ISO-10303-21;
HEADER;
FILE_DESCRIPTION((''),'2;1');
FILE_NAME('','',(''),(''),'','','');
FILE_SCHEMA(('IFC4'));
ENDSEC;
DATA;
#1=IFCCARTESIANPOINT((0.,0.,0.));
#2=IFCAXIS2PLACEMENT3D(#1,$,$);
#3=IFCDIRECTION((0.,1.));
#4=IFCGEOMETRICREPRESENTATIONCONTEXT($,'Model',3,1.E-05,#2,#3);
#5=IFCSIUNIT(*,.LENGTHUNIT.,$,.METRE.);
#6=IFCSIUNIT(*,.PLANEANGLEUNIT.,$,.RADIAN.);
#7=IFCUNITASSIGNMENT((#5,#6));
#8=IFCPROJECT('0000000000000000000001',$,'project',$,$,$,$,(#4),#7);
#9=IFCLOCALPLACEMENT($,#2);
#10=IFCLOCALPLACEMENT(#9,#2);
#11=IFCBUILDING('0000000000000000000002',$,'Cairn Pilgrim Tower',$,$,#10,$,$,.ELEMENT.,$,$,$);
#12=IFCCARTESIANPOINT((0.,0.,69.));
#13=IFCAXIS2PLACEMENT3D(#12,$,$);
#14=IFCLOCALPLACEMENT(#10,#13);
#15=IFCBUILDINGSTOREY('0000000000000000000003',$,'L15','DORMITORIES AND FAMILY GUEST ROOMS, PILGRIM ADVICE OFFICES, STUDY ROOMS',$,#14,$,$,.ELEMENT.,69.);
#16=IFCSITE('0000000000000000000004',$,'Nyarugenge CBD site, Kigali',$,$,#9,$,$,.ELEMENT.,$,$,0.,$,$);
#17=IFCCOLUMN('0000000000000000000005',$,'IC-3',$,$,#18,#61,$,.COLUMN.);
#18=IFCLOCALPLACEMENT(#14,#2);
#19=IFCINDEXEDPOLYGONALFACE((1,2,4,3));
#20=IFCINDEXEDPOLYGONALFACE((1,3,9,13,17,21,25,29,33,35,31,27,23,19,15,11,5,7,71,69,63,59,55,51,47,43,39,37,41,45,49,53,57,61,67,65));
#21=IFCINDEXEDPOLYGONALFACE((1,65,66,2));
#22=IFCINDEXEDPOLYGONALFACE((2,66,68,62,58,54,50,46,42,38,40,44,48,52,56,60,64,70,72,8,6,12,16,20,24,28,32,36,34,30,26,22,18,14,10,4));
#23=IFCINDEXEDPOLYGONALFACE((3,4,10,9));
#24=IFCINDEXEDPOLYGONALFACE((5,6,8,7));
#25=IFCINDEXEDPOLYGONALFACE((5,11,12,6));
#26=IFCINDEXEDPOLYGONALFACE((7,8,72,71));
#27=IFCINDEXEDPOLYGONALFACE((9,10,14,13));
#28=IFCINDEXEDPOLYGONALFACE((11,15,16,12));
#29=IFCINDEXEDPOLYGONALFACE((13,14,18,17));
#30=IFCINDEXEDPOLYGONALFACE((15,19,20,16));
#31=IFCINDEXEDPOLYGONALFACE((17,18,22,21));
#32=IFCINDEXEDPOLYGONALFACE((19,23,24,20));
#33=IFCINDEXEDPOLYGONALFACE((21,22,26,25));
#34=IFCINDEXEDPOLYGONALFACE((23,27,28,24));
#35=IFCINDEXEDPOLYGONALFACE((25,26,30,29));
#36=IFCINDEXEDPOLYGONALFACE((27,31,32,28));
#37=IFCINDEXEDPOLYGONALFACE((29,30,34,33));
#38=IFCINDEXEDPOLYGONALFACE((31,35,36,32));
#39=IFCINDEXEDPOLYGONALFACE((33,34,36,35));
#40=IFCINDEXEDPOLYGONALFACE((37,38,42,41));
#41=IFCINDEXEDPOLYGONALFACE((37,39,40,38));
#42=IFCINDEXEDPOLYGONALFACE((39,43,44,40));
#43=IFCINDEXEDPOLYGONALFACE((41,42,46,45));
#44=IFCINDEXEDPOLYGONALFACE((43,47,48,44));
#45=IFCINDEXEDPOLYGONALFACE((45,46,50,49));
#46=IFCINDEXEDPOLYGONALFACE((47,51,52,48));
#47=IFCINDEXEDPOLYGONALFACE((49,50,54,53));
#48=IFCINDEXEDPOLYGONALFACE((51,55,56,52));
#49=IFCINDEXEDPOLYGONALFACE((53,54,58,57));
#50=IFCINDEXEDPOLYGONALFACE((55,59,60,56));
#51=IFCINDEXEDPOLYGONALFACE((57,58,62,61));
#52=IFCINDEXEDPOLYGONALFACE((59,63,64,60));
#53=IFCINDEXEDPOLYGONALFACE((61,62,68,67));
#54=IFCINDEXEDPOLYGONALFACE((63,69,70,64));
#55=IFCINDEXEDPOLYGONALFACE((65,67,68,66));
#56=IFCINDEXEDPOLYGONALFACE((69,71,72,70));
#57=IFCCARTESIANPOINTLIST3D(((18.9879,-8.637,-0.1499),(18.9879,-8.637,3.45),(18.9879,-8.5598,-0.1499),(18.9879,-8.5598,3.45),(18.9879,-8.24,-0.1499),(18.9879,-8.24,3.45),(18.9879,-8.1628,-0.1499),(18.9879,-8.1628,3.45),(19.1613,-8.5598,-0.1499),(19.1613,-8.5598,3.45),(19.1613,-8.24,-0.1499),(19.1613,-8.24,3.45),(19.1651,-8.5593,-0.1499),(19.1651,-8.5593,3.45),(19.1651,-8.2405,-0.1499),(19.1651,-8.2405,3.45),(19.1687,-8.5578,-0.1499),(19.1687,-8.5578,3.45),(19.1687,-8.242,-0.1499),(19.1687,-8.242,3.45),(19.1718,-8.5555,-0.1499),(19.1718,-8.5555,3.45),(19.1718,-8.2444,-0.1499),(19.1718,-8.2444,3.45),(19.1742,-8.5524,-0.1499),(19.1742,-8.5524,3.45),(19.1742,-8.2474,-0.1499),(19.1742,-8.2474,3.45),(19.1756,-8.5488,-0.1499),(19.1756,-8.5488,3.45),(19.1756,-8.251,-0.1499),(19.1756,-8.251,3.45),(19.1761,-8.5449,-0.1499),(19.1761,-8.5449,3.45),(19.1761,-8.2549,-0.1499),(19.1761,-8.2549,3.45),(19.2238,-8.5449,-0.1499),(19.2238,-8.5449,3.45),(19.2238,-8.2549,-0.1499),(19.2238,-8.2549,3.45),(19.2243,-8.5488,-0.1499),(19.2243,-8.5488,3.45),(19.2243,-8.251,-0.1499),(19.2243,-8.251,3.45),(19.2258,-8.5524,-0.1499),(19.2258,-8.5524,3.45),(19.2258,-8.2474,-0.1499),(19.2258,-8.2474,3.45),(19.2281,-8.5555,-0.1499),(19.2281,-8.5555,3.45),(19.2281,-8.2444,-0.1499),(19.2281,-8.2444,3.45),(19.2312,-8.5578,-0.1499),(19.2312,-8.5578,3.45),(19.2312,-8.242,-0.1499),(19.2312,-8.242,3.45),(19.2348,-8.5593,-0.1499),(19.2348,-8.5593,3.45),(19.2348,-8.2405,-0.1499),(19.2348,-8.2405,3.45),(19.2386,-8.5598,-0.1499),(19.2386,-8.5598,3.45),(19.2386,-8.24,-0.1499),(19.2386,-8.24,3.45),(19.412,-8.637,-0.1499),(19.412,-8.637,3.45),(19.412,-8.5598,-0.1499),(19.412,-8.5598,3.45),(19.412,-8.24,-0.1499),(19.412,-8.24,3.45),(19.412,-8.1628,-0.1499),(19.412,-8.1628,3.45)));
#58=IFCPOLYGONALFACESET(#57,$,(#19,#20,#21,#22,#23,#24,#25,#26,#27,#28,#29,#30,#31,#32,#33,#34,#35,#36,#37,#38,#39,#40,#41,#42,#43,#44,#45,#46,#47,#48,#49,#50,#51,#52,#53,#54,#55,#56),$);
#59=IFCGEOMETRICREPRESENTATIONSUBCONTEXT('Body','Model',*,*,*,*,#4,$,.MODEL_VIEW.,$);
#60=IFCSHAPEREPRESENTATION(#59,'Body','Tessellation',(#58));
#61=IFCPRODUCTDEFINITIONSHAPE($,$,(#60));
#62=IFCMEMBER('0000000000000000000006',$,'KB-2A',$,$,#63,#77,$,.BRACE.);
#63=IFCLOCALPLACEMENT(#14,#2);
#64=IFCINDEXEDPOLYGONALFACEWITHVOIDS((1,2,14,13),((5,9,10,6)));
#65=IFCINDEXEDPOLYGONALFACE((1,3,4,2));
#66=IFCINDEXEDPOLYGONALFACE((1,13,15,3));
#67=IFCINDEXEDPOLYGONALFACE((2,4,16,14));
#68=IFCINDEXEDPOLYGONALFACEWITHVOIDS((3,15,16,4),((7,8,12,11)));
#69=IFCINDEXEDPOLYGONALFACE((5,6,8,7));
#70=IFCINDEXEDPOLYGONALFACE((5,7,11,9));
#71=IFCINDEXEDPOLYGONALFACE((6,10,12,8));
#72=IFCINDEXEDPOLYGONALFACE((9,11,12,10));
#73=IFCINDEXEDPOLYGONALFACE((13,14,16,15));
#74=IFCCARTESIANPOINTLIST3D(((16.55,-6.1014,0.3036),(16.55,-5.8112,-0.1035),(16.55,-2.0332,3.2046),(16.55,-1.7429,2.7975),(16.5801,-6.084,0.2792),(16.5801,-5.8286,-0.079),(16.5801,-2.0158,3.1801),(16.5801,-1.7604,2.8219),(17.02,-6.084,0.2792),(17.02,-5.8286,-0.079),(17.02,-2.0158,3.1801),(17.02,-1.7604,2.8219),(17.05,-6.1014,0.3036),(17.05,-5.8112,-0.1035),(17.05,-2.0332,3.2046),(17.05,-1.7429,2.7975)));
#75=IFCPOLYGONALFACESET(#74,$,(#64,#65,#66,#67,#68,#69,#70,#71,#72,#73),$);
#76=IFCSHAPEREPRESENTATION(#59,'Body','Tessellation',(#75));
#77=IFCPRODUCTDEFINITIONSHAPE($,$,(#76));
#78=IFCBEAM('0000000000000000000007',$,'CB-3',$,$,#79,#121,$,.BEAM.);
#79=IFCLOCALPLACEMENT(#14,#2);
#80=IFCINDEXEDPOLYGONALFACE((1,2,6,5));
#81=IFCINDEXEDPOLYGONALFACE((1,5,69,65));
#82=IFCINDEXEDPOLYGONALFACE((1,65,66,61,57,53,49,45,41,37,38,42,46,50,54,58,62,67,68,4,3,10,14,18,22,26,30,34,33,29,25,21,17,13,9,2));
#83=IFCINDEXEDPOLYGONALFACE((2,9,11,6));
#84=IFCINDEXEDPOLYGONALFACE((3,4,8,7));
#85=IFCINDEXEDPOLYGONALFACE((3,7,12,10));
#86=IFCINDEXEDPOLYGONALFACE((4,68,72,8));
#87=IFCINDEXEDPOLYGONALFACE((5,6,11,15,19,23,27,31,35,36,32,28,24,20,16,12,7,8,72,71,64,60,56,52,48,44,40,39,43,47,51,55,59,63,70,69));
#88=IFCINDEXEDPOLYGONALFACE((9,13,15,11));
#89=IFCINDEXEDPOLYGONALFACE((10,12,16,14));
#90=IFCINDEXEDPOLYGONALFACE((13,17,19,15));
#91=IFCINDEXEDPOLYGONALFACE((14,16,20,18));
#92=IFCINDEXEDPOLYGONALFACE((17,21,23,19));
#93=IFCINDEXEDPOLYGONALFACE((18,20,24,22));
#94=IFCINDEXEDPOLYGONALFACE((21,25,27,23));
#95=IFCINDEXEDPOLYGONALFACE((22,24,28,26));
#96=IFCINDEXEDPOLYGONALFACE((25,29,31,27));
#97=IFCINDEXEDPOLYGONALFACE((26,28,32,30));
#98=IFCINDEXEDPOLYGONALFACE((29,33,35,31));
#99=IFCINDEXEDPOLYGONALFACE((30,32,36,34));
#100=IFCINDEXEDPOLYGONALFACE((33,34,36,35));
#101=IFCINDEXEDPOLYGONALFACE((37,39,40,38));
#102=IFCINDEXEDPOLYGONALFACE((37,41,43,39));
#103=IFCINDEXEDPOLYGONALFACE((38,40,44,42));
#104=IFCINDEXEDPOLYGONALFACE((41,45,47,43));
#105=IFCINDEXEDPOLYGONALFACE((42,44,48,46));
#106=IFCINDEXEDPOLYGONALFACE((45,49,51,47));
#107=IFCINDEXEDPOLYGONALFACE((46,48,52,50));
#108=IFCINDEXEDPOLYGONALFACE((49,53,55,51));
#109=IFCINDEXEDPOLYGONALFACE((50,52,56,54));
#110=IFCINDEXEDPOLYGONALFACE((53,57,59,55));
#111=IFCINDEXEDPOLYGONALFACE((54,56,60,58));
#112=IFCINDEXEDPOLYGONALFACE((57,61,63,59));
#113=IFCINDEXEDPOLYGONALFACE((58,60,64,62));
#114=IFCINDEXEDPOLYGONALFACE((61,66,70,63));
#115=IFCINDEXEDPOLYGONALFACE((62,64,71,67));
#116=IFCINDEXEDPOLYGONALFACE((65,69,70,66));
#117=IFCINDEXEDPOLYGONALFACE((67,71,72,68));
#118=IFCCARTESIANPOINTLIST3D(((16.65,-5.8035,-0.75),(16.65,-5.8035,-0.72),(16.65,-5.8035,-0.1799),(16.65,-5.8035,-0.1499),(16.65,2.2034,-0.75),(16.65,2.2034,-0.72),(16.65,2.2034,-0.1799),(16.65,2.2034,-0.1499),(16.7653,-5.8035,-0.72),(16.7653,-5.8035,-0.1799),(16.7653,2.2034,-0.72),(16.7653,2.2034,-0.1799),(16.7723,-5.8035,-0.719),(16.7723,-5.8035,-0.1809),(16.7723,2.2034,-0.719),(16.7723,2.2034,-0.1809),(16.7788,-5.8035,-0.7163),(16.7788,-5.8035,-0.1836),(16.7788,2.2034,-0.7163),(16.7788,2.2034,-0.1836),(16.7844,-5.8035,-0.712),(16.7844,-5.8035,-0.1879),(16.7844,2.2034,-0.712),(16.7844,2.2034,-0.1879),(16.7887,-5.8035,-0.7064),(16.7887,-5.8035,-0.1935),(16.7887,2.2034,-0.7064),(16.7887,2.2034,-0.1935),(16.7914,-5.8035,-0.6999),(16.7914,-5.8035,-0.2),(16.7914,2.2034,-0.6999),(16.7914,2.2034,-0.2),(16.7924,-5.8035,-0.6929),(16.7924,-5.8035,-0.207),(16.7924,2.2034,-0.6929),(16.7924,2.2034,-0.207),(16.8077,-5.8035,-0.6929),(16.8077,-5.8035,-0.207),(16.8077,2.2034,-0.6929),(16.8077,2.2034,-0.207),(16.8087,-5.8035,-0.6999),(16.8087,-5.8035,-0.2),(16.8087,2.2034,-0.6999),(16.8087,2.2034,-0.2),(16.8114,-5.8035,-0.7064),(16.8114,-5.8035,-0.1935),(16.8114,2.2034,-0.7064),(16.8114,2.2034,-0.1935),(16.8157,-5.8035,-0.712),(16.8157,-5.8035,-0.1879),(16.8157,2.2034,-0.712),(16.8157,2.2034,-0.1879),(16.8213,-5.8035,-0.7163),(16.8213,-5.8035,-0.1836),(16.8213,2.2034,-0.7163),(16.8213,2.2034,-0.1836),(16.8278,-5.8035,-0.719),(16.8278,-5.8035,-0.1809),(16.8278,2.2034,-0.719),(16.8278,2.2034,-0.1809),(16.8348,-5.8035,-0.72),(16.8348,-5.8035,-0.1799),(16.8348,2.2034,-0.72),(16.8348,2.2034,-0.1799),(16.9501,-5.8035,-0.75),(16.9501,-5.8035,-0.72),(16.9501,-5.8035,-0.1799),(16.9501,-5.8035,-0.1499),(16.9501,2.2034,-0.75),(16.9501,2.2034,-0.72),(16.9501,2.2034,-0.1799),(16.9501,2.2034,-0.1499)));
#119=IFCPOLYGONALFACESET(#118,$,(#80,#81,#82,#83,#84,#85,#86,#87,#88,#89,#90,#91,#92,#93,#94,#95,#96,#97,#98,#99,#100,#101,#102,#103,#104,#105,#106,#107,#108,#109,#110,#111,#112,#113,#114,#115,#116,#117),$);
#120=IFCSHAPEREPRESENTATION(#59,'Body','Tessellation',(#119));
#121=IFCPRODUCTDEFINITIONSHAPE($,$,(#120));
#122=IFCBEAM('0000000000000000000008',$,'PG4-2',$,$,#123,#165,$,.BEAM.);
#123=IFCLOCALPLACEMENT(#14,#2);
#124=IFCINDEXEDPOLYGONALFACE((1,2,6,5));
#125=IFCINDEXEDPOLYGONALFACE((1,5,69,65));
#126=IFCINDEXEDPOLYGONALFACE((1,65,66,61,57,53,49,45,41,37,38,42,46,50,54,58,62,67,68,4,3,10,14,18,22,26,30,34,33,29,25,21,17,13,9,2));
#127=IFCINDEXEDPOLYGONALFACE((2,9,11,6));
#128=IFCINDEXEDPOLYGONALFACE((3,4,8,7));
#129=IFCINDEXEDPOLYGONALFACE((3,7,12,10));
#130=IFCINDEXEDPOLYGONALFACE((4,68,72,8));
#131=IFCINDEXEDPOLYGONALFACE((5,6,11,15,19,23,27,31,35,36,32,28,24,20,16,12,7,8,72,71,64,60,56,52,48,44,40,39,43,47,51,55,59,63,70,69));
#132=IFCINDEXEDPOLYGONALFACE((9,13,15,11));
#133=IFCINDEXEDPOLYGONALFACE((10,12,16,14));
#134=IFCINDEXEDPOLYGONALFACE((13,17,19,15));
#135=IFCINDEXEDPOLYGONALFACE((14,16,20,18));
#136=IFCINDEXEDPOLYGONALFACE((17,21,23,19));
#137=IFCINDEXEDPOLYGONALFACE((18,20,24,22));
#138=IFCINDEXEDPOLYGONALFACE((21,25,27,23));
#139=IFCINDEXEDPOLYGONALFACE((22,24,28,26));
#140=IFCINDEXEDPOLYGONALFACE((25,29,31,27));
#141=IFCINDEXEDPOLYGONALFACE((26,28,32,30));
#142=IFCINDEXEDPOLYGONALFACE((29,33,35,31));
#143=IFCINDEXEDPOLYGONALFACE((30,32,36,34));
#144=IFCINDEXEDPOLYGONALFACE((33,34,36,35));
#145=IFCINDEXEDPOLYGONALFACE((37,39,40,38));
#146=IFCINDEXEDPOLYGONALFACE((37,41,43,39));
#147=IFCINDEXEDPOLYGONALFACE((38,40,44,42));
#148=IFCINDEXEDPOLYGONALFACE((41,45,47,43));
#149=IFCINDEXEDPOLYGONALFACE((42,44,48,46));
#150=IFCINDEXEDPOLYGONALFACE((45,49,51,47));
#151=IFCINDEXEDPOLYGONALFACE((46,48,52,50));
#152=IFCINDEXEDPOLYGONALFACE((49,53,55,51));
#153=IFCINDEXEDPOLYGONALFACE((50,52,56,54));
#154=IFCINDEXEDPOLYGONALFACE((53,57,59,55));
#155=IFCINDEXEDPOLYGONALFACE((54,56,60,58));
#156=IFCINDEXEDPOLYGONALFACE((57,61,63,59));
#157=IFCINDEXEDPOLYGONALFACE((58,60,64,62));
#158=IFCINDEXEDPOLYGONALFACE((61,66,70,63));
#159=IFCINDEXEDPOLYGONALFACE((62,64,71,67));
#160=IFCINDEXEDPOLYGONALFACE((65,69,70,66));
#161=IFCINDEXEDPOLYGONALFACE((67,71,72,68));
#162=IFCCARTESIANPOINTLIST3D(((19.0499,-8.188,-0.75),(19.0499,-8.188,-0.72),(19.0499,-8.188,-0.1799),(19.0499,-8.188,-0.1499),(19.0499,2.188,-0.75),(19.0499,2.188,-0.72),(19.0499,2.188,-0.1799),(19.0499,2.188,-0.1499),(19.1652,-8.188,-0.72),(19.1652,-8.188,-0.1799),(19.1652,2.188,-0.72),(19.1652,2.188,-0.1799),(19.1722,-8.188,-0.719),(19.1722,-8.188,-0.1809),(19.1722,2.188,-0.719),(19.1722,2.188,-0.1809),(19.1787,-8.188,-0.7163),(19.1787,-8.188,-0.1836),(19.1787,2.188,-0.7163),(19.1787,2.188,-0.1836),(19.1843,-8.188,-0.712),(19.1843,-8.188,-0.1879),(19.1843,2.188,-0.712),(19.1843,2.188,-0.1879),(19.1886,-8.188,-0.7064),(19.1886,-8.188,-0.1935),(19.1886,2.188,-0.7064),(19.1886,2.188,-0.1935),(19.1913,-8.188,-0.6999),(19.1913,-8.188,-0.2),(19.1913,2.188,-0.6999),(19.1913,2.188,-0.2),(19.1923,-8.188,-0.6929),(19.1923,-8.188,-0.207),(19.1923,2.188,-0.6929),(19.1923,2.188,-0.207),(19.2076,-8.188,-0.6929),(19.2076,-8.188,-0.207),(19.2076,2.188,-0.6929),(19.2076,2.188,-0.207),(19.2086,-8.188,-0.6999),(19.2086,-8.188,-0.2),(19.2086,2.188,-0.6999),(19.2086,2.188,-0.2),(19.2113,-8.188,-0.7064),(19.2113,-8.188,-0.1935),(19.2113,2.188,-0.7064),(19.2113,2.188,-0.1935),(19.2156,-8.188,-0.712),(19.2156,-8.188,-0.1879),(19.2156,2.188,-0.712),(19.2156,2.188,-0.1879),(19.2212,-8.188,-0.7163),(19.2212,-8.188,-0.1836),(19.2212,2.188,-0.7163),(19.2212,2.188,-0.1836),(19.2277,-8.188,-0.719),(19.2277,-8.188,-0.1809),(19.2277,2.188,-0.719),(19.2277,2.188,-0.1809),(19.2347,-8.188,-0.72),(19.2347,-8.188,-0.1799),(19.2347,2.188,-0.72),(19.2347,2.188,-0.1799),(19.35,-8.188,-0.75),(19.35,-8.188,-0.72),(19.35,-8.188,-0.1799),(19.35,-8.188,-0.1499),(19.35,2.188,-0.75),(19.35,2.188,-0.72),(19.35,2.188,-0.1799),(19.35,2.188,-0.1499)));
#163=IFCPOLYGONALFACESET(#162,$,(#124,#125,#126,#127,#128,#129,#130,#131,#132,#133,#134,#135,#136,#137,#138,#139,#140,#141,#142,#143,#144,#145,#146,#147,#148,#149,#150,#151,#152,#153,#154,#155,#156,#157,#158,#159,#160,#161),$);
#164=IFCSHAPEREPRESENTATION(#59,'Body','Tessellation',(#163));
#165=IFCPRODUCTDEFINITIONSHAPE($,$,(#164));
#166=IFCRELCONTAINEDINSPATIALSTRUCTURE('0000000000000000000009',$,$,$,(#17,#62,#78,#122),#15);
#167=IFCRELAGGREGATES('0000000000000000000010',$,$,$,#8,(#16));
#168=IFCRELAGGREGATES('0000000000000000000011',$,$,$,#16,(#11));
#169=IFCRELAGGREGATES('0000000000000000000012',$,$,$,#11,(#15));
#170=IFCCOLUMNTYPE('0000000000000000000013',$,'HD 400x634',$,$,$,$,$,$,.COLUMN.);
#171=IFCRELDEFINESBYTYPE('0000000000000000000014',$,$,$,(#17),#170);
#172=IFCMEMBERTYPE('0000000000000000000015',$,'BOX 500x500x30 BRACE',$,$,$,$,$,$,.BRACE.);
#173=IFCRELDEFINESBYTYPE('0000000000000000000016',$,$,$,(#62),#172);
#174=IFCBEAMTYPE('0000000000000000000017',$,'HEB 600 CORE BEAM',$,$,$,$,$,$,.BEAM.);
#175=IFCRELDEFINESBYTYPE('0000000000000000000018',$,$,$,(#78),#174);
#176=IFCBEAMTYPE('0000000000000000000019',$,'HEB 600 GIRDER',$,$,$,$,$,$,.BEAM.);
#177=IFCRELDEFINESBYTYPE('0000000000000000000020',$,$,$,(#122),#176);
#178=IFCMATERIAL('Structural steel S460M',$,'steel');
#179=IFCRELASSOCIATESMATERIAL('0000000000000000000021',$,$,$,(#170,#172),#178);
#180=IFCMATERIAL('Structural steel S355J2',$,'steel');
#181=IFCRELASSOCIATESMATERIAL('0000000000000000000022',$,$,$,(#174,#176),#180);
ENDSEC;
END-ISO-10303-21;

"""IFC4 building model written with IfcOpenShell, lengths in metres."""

from ifc_helpers import new_model, si_unit, direction, frame, origin, origin_2d, place, context, subcontext, project, spatial, hollow_rectangle, i_section, extrude, material, material_profile, profile_set, type_object, element, save


model = new_model("IFC4")

# Units and contexts
model_context = context("Model", 3, precision=1e-05, world=origin(), true_north=direction((0.0, 1.0)))
body_context = subcontext(model_context, "Body", "Model", "MODEL_VIEW")
ifc_project = project(units=[si_unit("LENGTHUNIT", "METRE"), si_unit("PLANEANGLEUNIT", "RADIAN")], contexts=[model_context])

# Site, building, storey
site_placement = place(None, origin())
site = spatial("IfcSite", under=ifc_project, at=site_placement, Name="Nyarugenge CBD site, Kigali", CompositionType="ELEMENT", RefElevation=0.0)
building_placement = place(site_placement, origin())
building = spatial("IfcBuilding", under=site, at=building_placement, Name="Cairn Pilgrim Tower", CompositionType="ELEMENT")
storey_placement = place(building_placement, frame((0.0, 0.0, 69.0)))
storey = spatial("IfcBuildingStorey", under=building, at=storey_placement, Name="L15", Description="DORMITORIES AND FAMILY GUEST ROOMS, PILGRIM ADVICE OFFICES, STUDY ROOMS", CompositionType="ELEMENT", Elevation=69.0)

# Column
ifc_material_1 = material(Name="Structural steel S460M", Category="steel")
ifc_material_profile_1 = material_profile(ifc_material_1, i_section(OverallWidth=0.4241, OverallDepth=0.4741, WebThickness=0.0476, FlangeThickness=0.0771, FilletRadius=0.0149, at=origin_2d()), Name="HD 400x634")
ifc_profile_set_1 = profile_set([ifc_material_profile_1], Name="Structural steel S460M")
column_type = type_object("IfcColumnType", Name="HD 400x634", PredefinedType="COLUMN", material=ifc_profile_set_1)
column_placement = place(storey_placement, frame((19.2, -8.3999, -0.1499), z_axis=(0.0, 0.0, 1.0), x_axis=(1.0, 0.0, 0.0)))
element("IfcColumn", 1, at=column_placement, inside=storey, type_object=column_type, Name="IC-3", PredefinedType="COLUMN", context=body_context, shape_type="SweptSolid", body=[
    extrude(i_section(OverallWidth=0.4241, OverallDepth=0.4741, WebThickness=0.0476, FlangeThickness=0.0771, FilletRadius=0.0149, at=origin_2d()), origin(), (0.0, 0.0, 1.0), 3.5999),
])

# Member
ifc_material_profile_2 = material_profile(ifc_material_1, hollow_rectangle(XDim=0.5, YDim=0.5, WallThickness=0.03, at=origin_2d()), Name="BOX 500x500x30")
ifc_profile_set_2 = profile_set([ifc_material_profile_2], Name="Structural steel S460M")
member_type = type_object("IfcMemberType", Name="BOX 500x500x30 BRACE", PredefinedType="BRACE", material=ifc_profile_set_2)
member_placement = place(storey_placement, frame((16.8, -5.9563, 0.1001), z_axis=(0.0, 0.814199, 0.580586), x_axis=(-1.0, 0.0, 0.0)))
element("IfcMember", 2, at=member_placement, inside=storey, type_object=member_type, Name="KB-2A", PredefinedType="BRACE", context=body_context, shape_type="SweptSolid", body=[
    extrude(hollow_rectangle(XDim=0.5, YDim=0.5, WallThickness=0.03, at=origin_2d()), origin(), (0.0, 0.0, 1.0), 4.9966),
])

# Beams
ifc_material_2 = material(Name="Structural steel S355J2", Category="steel")
ifc_material_profile_3 = material_profile(ifc_material_2, i_section(OverallWidth=0.3, OverallDepth=0.6001, WebThickness=0.0154, FlangeThickness=0.03, FilletRadius=0.0271, at=origin_2d()), Name="HEB 600")
ifc_profile_set_3 = profile_set([ifc_material_profile_3], Name="Structural steel S355J2")
beam_type_1 = type_object("IfcBeamType", Name="HEB 600 CORE BEAM", PredefinedType="BEAM", material=ifc_profile_set_3)
beam_1_placement = place(storey_placement, frame((16.8, -5.8035, -0.45), z_axis=(0.0, 1.0, 0.0), x_axis=(-1.0, 0.0, 0.0)))
element("IfcBeam", 3, at=beam_1_placement, inside=storey, type_object=beam_type_1, Name="CB-3", PredefinedType="BEAM", context=body_context, shape_type="SweptSolid", body=[
    extrude(i_section(OverallWidth=0.3, OverallDepth=0.6001, WebThickness=0.0154, FlangeThickness=0.03, FilletRadius=0.0271, at=origin_2d()), origin(), (0.0, 0.0, 1.0), 8.0068),
])
ifc_material_profile_4 = material_profile(ifc_material_2, i_section(OverallWidth=0.3, OverallDepth=0.6001, WebThickness=0.0154, FlangeThickness=0.03, FilletRadius=0.0271, at=origin_2d()), Name="HEB 600")
ifc_profile_set_4 = profile_set([ifc_material_profile_4], Name="Structural steel S355J2")
beam_type_2 = type_object("IfcBeamType", Name="HEB 600 GIRDER", PredefinedType="BEAM", material=ifc_profile_set_4)
beam_2_placement = place(storey_placement, frame((19.2, -8.188, -0.45), z_axis=(0.0, 1.0, 0.0), x_axis=(-1.0, 0.0, 0.0)))
element("IfcBeam", 4, at=beam_2_placement, inside=storey, type_object=beam_type_2, Name="PG4-2", PredefinedType="BEAM", context=body_context, shape_type="SweptSolid", body=[
    extrude(i_section(OverallWidth=0.3, OverallDepth=0.6001, WebThickness=0.0154, FlangeThickness=0.03, FilletRadius=0.0271, at=origin_2d()), origin(), (0.0, 0.0, 1.0), 10.376),
])

save(model, "model.ifc")
